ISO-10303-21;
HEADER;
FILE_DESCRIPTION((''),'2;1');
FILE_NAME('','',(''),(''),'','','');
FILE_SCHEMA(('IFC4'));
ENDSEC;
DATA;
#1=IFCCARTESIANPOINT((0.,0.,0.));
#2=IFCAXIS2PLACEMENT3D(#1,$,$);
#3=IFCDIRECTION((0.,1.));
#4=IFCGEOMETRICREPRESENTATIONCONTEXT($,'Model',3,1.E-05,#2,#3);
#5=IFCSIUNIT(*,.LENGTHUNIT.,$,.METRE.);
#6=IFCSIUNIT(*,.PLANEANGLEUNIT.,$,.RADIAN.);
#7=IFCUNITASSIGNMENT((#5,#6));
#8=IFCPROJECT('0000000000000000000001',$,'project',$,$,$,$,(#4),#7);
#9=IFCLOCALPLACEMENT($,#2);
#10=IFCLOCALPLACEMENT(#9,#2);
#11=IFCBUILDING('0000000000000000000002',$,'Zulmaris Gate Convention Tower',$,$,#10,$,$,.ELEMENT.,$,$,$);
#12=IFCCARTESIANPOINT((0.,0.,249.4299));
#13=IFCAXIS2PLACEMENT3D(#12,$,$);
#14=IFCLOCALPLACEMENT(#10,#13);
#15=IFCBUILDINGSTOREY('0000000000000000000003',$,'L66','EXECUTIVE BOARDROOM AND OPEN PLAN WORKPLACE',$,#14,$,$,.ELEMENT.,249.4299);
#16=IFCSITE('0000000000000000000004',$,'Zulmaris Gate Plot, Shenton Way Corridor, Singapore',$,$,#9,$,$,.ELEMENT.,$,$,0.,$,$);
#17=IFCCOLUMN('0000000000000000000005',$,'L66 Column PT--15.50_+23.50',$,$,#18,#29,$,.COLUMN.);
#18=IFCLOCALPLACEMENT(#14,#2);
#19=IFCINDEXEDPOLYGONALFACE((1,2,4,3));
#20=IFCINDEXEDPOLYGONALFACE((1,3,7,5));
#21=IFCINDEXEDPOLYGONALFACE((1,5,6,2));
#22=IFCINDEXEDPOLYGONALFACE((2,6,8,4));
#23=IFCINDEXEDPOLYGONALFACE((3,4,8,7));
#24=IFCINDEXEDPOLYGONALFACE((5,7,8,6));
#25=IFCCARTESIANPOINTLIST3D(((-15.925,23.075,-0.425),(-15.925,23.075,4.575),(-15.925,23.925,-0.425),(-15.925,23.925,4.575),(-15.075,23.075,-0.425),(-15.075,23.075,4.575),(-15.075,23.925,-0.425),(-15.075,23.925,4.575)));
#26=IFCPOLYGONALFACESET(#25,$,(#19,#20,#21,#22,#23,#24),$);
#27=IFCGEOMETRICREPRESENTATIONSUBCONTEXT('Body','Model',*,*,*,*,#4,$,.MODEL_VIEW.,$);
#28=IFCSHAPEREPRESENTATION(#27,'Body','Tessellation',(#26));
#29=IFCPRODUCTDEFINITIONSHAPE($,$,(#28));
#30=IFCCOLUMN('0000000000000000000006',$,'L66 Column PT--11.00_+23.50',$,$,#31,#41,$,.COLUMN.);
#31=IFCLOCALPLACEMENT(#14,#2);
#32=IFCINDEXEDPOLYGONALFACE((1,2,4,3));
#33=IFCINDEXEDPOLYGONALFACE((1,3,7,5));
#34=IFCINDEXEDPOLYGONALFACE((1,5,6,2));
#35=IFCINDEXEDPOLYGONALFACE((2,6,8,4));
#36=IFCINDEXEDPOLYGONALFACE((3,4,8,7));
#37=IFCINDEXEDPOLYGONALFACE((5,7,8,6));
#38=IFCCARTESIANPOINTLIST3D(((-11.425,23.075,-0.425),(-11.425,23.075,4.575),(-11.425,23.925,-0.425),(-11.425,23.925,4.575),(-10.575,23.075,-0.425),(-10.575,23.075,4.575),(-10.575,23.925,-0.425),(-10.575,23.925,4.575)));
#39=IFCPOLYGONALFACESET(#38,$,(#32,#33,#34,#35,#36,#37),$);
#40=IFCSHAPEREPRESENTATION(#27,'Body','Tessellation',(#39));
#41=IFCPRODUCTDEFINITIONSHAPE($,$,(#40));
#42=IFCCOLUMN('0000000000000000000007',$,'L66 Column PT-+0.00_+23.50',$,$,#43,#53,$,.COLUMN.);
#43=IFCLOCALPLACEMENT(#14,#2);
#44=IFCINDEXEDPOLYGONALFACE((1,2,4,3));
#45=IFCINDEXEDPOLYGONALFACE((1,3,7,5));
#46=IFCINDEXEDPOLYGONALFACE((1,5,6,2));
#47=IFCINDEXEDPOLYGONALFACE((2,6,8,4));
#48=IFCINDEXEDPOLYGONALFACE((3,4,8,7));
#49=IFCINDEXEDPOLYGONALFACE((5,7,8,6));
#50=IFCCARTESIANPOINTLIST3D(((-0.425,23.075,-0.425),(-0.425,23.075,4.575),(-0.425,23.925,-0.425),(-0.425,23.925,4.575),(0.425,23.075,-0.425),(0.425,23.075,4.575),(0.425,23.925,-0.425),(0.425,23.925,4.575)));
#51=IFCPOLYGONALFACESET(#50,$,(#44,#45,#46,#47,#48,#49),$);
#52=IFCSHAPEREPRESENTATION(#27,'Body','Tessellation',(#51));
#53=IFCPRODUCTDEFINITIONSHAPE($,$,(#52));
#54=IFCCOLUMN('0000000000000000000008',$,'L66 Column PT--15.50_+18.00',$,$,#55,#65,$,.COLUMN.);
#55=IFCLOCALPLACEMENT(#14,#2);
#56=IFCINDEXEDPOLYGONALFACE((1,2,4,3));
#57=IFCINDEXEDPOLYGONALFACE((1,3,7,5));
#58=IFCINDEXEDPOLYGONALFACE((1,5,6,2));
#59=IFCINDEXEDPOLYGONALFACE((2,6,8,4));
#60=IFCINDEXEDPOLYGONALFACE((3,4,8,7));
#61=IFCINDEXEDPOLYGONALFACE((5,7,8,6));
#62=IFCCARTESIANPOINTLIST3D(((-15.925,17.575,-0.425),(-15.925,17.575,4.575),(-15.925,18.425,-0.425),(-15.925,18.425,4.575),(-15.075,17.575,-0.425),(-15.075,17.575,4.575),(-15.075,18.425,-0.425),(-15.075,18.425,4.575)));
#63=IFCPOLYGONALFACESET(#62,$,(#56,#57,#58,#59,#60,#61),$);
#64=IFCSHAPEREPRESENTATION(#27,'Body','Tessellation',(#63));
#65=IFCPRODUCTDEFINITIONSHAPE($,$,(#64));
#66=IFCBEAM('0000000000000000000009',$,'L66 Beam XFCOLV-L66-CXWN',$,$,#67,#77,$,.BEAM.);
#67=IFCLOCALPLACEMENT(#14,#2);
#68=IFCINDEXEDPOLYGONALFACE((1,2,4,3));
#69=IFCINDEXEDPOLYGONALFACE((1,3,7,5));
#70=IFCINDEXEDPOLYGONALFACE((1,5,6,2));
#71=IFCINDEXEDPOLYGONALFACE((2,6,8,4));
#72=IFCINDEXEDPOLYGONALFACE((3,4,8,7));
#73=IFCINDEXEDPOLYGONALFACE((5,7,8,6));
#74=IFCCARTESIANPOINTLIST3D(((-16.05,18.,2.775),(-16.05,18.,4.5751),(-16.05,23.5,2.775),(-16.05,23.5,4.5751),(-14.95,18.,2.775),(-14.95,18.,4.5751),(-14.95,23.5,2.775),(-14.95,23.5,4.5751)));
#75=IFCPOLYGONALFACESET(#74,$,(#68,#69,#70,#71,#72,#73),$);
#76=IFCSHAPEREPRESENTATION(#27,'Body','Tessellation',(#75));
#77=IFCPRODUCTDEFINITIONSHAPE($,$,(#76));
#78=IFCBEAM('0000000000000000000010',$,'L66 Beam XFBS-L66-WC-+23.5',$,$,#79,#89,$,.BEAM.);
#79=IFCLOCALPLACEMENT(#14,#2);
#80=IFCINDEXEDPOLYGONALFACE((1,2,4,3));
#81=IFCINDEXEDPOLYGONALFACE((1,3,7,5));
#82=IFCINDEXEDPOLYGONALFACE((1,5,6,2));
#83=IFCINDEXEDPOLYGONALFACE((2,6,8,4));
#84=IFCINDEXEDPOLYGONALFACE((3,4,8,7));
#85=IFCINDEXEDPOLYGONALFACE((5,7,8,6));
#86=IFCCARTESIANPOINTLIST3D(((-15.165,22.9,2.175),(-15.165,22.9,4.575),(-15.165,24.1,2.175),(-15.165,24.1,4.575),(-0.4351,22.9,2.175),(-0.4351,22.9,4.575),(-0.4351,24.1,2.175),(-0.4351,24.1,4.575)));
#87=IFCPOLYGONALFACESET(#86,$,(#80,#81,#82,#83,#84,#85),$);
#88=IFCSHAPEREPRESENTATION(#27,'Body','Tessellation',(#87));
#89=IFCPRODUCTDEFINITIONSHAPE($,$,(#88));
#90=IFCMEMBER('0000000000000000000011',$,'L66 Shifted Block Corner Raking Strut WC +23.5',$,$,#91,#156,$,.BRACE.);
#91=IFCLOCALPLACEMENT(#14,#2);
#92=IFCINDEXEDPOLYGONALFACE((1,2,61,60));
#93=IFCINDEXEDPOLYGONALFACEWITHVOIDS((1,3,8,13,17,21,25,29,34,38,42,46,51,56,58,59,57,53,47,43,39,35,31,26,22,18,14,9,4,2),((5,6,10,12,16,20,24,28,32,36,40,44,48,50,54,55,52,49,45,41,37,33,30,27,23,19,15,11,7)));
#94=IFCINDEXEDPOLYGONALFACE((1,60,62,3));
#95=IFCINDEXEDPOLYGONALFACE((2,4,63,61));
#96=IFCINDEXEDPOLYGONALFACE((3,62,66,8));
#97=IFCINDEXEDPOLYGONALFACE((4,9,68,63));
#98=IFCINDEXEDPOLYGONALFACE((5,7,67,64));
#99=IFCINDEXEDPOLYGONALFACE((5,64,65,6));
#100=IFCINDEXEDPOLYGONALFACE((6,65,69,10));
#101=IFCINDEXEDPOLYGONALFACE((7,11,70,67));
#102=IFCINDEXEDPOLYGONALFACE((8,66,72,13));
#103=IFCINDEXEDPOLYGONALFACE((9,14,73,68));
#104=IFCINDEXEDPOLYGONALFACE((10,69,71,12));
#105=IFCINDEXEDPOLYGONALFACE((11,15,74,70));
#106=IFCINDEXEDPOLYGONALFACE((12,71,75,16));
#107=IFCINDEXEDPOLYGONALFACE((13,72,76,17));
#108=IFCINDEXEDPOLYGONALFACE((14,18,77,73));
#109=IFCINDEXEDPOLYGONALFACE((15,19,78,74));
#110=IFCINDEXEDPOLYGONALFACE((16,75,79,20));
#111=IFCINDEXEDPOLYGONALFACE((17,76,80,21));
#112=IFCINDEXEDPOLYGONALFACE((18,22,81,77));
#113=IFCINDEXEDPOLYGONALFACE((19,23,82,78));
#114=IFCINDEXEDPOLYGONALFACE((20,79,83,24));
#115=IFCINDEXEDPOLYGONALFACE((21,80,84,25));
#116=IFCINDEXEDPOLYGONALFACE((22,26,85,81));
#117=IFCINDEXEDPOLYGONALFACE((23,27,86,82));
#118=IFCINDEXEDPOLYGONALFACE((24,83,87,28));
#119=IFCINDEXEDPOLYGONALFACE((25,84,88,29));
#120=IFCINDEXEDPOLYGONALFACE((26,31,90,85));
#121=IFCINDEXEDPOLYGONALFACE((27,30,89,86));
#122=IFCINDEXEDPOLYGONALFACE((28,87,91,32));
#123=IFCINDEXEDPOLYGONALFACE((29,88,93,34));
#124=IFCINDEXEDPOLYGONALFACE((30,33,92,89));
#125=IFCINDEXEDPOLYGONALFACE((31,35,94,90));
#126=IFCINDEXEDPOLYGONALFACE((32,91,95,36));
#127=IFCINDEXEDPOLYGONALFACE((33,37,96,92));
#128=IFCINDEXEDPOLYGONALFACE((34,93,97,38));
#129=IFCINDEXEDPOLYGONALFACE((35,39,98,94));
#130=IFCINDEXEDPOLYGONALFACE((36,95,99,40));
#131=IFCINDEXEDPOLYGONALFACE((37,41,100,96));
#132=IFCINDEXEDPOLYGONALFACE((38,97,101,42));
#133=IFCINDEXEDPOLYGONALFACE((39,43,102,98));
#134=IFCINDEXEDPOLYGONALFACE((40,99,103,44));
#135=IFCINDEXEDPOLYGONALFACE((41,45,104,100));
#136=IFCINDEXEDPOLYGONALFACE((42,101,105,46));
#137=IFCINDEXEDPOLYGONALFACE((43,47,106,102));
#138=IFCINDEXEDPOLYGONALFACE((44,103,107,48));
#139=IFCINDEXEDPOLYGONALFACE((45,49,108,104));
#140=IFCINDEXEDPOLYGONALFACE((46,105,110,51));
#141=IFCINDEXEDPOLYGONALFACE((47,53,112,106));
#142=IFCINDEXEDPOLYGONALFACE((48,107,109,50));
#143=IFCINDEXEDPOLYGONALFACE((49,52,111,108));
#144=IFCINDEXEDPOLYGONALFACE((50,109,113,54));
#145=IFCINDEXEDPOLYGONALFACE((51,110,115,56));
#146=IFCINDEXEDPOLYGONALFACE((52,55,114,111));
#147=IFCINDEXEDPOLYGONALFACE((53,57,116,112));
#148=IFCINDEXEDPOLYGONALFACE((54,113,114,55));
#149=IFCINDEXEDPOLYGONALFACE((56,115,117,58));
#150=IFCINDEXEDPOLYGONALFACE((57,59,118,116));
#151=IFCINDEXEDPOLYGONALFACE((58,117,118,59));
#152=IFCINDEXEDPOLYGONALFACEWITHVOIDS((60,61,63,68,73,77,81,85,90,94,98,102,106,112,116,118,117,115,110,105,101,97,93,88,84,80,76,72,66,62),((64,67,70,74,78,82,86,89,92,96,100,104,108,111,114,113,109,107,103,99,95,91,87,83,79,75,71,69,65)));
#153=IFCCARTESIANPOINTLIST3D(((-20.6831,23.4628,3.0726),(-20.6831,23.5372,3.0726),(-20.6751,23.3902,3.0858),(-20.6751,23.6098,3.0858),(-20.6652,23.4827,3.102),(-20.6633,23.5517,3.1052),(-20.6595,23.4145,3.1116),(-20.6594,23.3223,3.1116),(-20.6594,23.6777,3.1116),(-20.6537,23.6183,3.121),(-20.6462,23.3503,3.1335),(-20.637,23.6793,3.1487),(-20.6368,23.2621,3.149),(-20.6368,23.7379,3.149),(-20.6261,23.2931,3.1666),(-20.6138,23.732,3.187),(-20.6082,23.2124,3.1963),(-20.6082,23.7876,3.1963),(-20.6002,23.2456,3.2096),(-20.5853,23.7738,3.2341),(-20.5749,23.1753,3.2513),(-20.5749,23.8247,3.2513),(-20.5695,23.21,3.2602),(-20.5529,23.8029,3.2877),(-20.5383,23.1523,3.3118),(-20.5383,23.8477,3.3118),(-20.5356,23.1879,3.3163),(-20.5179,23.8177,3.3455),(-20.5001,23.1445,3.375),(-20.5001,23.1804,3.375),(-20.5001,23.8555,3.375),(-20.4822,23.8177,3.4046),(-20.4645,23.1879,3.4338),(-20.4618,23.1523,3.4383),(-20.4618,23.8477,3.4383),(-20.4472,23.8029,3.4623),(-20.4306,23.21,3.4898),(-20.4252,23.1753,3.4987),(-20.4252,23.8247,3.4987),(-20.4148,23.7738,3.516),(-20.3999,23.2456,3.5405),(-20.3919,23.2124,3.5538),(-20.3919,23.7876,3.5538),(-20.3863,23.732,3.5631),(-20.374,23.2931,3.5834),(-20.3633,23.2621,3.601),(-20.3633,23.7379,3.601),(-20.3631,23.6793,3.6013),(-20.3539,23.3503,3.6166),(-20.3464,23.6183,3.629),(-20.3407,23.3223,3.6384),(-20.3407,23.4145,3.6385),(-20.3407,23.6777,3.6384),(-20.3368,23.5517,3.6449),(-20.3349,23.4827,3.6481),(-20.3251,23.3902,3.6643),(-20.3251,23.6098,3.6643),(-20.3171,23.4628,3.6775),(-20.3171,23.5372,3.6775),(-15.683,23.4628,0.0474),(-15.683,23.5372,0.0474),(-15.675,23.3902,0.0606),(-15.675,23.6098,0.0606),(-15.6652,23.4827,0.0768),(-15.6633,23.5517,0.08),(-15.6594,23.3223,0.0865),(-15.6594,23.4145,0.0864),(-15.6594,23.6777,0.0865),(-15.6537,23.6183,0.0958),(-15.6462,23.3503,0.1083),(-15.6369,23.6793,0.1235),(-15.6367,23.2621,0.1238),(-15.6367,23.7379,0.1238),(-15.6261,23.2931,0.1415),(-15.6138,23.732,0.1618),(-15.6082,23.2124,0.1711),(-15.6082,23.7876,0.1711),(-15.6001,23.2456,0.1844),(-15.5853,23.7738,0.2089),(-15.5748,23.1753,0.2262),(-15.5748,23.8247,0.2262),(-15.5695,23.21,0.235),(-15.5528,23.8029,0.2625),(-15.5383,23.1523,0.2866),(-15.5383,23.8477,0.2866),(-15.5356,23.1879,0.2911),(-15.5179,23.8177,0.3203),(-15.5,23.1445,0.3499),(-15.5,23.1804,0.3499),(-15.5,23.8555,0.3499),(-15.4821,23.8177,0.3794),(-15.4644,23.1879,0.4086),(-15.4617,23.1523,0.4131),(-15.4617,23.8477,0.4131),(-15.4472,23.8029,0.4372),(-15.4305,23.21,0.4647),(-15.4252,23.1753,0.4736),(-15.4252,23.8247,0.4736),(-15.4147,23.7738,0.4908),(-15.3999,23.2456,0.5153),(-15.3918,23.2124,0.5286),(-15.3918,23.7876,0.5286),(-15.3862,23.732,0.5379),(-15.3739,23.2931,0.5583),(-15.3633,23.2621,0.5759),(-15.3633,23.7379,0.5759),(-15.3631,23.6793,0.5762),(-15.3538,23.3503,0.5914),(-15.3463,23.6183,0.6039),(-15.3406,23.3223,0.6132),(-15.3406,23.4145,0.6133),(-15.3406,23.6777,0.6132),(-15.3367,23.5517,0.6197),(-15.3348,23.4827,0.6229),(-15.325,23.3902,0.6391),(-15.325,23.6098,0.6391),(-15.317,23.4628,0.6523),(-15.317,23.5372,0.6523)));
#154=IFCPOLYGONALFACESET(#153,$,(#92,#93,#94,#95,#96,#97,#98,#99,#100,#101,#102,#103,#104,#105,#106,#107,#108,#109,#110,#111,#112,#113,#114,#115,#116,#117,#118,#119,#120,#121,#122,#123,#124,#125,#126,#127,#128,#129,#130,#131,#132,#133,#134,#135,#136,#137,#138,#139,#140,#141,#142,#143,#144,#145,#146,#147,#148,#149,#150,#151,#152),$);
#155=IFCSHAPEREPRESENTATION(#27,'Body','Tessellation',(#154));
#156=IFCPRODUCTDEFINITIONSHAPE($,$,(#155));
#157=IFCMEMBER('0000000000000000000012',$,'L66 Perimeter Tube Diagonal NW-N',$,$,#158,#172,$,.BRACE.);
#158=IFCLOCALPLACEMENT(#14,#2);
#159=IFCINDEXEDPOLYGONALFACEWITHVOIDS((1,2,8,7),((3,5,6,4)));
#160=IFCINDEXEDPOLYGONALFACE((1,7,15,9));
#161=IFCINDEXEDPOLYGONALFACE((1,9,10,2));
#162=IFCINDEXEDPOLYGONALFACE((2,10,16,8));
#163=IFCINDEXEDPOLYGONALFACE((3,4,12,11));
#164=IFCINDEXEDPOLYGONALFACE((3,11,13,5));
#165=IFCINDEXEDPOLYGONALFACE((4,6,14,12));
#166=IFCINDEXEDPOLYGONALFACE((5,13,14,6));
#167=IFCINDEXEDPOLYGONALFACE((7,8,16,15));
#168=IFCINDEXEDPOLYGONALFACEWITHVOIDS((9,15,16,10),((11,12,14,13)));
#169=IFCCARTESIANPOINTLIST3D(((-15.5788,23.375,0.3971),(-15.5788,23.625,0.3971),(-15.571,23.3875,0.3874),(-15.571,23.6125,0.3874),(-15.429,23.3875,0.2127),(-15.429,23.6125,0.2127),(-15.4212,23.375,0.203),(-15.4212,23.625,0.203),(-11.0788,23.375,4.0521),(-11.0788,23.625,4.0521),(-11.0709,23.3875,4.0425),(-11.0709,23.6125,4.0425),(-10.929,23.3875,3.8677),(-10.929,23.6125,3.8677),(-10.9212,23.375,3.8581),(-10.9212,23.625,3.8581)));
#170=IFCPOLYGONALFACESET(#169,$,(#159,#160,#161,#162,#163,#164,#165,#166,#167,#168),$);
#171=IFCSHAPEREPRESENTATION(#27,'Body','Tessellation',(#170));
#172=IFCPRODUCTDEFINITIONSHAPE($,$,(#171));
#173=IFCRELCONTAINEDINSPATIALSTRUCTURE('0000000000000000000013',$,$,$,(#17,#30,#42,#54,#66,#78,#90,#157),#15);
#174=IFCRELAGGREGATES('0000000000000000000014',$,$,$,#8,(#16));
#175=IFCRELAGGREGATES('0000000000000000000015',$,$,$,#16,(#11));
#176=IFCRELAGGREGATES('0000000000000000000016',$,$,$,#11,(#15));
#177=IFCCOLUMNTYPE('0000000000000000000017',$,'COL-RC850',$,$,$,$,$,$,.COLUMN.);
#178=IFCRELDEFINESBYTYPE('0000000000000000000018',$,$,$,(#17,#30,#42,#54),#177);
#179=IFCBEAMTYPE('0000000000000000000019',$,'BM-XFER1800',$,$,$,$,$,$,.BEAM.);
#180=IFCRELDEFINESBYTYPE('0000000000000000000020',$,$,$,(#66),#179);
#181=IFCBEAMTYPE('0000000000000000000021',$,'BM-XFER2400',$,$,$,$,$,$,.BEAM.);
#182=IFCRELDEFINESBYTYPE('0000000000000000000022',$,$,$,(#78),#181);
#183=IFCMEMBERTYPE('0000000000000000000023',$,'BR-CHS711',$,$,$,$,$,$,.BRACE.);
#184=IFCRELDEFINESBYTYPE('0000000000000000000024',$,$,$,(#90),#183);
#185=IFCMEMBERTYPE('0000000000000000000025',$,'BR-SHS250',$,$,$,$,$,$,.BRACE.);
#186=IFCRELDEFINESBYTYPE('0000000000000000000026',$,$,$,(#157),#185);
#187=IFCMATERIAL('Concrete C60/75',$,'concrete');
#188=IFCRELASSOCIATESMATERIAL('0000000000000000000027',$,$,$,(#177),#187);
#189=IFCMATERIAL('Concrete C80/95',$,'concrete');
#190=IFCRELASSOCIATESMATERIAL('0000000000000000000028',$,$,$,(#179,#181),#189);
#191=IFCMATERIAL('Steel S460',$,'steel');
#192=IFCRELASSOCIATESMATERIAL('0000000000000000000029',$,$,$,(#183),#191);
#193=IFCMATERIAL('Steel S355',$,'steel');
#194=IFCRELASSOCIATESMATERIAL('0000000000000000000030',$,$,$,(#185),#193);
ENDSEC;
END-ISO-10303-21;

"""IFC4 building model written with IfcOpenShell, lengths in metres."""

from ifc_helpers import new_model, si_unit, direction, frame, origin, origin_2d, place, context, subcontext, project, spatial, rectangle, hollow_rectangle, hollow_circle, extrude, material, material_profile, profile_set, type_object, element, save


model = new_model("IFC4")

# Units and contexts
model_context = context("Model", 3, precision=1e-05, world=origin(), true_north=direction((0.0, 1.0)))
body_context = subcontext(model_context, "Body", "Model", "MODEL_VIEW")
ifc_project = project(units=[si_unit("LENGTHUNIT", "METRE"), si_unit("PLANEANGLEUNIT", "RADIAN")], contexts=[model_context])

# Site, building, storey
site_placement = place(None, origin())
site = spatial("IfcSite", under=ifc_project, at=site_placement, Name="Zulmaris Gate Plot, Shenton Way Corridor, Singapore", CompositionType="ELEMENT", RefElevation=0.0)
building_placement = place(site_placement, origin())
building = spatial("IfcBuilding", under=site, at=building_placement, Name="Zulmaris Gate Convention Tower", CompositionType="ELEMENT")
storey_placement = place(building_placement, frame((0.0, 0.0, 249.4299)))
storey = spatial("IfcBuildingStorey", under=building, at=storey_placement, Name="L66", Description="EXECUTIVE BOARDROOM AND OPEN PLAN WORKPLACE", CompositionType="ELEMENT", Elevation=249.4299)

# Columns
ifc_material_1 = material(Name="Concrete C60/75", Category="concrete")
ifc_material_profile_1 = material_profile(ifc_material_1, rectangle(XDim=0.8501, YDim=0.8501, at=origin_2d()), Name="RC COL 850x850")
ifc_profile_set_1 = profile_set([ifc_material_profile_1], Name="Concrete C60/75")
column_type = type_object("IfcColumnType", Name="COL-RC850", PredefinedType="COLUMN", material=ifc_profile_set_1)
for number, where, z_axis, x_axis, name in (
    (1, (-15.5, 23.5, -0.425), (0.0, 0.0, 1.0), (1.0, 0.0, 0.0), "L66 Column PT--15.50_+23.50"),
    (2, (-11.0, 23.5, -0.425), (0.0, 0.0, 1.0), (1.0, 0.0, 0.0), "L66 Column PT--11.00_+23.50"),
    (3, (0.0, 23.5, -0.425), (0.0, 0.0, 1.0), (1.0, 0.0, 0.0), "L66 Column PT-+0.00_+23.50"),
    (4, (-15.5, 18.0, -0.425), (0.0, 0.0, 1.0), (1.0, 0.0, 0.0), "L66 Column PT--15.50_+18.00"),
):
    element("IfcColumn", number, at=place(storey_placement, frame(where, z_axis=z_axis, x_axis=x_axis)), inside=storey, type_object=column_type, Name=name, PredefinedType="COLUMN", context=body_context, shape_type="SweptSolid", body=[
        extrude(rectangle(XDim=0.8501, YDim=0.8501, at=origin_2d()), origin(), (0.0, 0.0, 1.0), 5.0),
    ])

# Beams
ifc_material_2 = material(Name="Concrete C80/95", Category="concrete")
ifc_material_profile_2 = material_profile(ifc_material_2, rectangle(XDim=1.1001, YDim=1.8, at=origin_2d()), Name="RC TRANSFER 1100x1800")
ifc_profile_set_2 = profile_set([ifc_material_profile_2], Name="Concrete C80/95")
beam_type_1 = type_object("IfcBeamType", Name="BM-XFER1800", PredefinedType="BEAM", material=ifc_profile_set_2)
beam_1_placement = place(storey_placement, frame((-15.5, 18.0, 3.675), z_axis=(0.0, 1.0, 0.0), x_axis=(-1.0, 0.0, 0.0)))
element("IfcBeam", 5, at=beam_1_placement, inside=storey, type_object=beam_type_1, Name="L66 Beam XFCOLV-L66-CXWN", PredefinedType="BEAM", context=body_context, shape_type="SweptSolid", body=[
    extrude(rectangle(XDim=1.1001, YDim=1.8, at=origin_2d()), origin(), (0.0, 0.0, 1.0), 5.5),
])
ifc_material_profile_3 = material_profile(ifc_material_2, rectangle(XDim=1.2, YDim=2.3999, at=origin_2d()), Name="RC TRANSFER 1200x2400")
ifc_profile_set_3 = profile_set([ifc_material_profile_3], Name="Concrete C80/95")
beam_type_2 = type_object("IfcBeamType", Name="BM-XFER2400", PredefinedType="BEAM", material=ifc_profile_set_3)
beam_2_placement = place(storey_placement, frame((-15.165, 23.5, 3.375), z_axis=(1.0, 0.0, 0.0), x_axis=(0.0, 1.0, 0.0)))
element("IfcBeam", 6, at=beam_2_placement, inside=storey, type_object=beam_type_2, Name="L66 Beam XFBS-L66-WC-+23.5", PredefinedType="BEAM", context=body_context, shape_type="SweptSolid", body=[
    extrude(rectangle(XDim=1.2, YDim=2.3999, at=origin_2d()), origin(), (0.0, 0.0, 1.0), 14.73),
])

# Members
ifc_material_3 = material(Name="Steel S460", Category="steel")
ifc_material_profile_4 = material_profile(ifc_material_3, hollow_circle(Radius=0.3555, WallThickness=0.0359, at=origin_2d()), Name="CHS 711x36")
ifc_profile_set_4 = profile_set([ifc_material_profile_4], Name="Steel S460")
member_type_1 = type_object("IfcMemberType", Name="BR-CHS711", PredefinedType="BRACE", material=ifc_profile_set_4)
member_1_placement = place(storey_placement, frame((-15.5, 23.5, 0.3499), z_axis=(-0.855589, 0.0, 0.517656), x_axis=(0.0, -1.0, 0.0)))
element("IfcMember", 7, at=member_1_placement, inside=storey, type_object=member_type_1, Name="L66 Shifted Block Corner Raking Strut WC +23.5", PredefinedType="BRACE", context=body_context, shape_type="SweptSolid", body=[
    extrude(hollow_circle(Radius=0.3555, WallThickness=0.0359, at=origin_2d()), origin(), (0.0, 0.0, 1.0), 5.844),
])
ifc_material_4 = material(Name="Steel S355", Category="steel")
ifc_material_profile_5 = material_profile(ifc_material_4, hollow_rectangle(XDim=0.25, YDim=0.25, WallThickness=0.0125, at=origin_2d()), Name="SHS 250x250x12.5")
ifc_profile_set_5 = profile_set([ifc_material_profile_5], Name="Steel S355")
member_type_2 = type_object("IfcMemberType", Name="BR-SHS250", PredefinedType="BRACE", material=ifc_profile_set_5)
member_2_placement = place(storey_placement, frame((-15.5, 23.5, 0.3), z_axis=(0.776217, 0.0, 0.630466), x_axis=(0.0, 1.0, 0.0)))
element("IfcMember", 8, at=member_2_placement, inside=storey, type_object=member_type_2, Name="L66 Perimeter Tube Diagonal NW-N", PredefinedType="BRACE", context=body_context, shape_type="SweptSolid", body=[
    extrude(hollow_rectangle(XDim=0.25, YDim=0.25, WallThickness=0.0125, at=origin_2d()), origin(), (0.0, 0.0, 1.0), 5.7974),
])

save(model, "model.ifc")
